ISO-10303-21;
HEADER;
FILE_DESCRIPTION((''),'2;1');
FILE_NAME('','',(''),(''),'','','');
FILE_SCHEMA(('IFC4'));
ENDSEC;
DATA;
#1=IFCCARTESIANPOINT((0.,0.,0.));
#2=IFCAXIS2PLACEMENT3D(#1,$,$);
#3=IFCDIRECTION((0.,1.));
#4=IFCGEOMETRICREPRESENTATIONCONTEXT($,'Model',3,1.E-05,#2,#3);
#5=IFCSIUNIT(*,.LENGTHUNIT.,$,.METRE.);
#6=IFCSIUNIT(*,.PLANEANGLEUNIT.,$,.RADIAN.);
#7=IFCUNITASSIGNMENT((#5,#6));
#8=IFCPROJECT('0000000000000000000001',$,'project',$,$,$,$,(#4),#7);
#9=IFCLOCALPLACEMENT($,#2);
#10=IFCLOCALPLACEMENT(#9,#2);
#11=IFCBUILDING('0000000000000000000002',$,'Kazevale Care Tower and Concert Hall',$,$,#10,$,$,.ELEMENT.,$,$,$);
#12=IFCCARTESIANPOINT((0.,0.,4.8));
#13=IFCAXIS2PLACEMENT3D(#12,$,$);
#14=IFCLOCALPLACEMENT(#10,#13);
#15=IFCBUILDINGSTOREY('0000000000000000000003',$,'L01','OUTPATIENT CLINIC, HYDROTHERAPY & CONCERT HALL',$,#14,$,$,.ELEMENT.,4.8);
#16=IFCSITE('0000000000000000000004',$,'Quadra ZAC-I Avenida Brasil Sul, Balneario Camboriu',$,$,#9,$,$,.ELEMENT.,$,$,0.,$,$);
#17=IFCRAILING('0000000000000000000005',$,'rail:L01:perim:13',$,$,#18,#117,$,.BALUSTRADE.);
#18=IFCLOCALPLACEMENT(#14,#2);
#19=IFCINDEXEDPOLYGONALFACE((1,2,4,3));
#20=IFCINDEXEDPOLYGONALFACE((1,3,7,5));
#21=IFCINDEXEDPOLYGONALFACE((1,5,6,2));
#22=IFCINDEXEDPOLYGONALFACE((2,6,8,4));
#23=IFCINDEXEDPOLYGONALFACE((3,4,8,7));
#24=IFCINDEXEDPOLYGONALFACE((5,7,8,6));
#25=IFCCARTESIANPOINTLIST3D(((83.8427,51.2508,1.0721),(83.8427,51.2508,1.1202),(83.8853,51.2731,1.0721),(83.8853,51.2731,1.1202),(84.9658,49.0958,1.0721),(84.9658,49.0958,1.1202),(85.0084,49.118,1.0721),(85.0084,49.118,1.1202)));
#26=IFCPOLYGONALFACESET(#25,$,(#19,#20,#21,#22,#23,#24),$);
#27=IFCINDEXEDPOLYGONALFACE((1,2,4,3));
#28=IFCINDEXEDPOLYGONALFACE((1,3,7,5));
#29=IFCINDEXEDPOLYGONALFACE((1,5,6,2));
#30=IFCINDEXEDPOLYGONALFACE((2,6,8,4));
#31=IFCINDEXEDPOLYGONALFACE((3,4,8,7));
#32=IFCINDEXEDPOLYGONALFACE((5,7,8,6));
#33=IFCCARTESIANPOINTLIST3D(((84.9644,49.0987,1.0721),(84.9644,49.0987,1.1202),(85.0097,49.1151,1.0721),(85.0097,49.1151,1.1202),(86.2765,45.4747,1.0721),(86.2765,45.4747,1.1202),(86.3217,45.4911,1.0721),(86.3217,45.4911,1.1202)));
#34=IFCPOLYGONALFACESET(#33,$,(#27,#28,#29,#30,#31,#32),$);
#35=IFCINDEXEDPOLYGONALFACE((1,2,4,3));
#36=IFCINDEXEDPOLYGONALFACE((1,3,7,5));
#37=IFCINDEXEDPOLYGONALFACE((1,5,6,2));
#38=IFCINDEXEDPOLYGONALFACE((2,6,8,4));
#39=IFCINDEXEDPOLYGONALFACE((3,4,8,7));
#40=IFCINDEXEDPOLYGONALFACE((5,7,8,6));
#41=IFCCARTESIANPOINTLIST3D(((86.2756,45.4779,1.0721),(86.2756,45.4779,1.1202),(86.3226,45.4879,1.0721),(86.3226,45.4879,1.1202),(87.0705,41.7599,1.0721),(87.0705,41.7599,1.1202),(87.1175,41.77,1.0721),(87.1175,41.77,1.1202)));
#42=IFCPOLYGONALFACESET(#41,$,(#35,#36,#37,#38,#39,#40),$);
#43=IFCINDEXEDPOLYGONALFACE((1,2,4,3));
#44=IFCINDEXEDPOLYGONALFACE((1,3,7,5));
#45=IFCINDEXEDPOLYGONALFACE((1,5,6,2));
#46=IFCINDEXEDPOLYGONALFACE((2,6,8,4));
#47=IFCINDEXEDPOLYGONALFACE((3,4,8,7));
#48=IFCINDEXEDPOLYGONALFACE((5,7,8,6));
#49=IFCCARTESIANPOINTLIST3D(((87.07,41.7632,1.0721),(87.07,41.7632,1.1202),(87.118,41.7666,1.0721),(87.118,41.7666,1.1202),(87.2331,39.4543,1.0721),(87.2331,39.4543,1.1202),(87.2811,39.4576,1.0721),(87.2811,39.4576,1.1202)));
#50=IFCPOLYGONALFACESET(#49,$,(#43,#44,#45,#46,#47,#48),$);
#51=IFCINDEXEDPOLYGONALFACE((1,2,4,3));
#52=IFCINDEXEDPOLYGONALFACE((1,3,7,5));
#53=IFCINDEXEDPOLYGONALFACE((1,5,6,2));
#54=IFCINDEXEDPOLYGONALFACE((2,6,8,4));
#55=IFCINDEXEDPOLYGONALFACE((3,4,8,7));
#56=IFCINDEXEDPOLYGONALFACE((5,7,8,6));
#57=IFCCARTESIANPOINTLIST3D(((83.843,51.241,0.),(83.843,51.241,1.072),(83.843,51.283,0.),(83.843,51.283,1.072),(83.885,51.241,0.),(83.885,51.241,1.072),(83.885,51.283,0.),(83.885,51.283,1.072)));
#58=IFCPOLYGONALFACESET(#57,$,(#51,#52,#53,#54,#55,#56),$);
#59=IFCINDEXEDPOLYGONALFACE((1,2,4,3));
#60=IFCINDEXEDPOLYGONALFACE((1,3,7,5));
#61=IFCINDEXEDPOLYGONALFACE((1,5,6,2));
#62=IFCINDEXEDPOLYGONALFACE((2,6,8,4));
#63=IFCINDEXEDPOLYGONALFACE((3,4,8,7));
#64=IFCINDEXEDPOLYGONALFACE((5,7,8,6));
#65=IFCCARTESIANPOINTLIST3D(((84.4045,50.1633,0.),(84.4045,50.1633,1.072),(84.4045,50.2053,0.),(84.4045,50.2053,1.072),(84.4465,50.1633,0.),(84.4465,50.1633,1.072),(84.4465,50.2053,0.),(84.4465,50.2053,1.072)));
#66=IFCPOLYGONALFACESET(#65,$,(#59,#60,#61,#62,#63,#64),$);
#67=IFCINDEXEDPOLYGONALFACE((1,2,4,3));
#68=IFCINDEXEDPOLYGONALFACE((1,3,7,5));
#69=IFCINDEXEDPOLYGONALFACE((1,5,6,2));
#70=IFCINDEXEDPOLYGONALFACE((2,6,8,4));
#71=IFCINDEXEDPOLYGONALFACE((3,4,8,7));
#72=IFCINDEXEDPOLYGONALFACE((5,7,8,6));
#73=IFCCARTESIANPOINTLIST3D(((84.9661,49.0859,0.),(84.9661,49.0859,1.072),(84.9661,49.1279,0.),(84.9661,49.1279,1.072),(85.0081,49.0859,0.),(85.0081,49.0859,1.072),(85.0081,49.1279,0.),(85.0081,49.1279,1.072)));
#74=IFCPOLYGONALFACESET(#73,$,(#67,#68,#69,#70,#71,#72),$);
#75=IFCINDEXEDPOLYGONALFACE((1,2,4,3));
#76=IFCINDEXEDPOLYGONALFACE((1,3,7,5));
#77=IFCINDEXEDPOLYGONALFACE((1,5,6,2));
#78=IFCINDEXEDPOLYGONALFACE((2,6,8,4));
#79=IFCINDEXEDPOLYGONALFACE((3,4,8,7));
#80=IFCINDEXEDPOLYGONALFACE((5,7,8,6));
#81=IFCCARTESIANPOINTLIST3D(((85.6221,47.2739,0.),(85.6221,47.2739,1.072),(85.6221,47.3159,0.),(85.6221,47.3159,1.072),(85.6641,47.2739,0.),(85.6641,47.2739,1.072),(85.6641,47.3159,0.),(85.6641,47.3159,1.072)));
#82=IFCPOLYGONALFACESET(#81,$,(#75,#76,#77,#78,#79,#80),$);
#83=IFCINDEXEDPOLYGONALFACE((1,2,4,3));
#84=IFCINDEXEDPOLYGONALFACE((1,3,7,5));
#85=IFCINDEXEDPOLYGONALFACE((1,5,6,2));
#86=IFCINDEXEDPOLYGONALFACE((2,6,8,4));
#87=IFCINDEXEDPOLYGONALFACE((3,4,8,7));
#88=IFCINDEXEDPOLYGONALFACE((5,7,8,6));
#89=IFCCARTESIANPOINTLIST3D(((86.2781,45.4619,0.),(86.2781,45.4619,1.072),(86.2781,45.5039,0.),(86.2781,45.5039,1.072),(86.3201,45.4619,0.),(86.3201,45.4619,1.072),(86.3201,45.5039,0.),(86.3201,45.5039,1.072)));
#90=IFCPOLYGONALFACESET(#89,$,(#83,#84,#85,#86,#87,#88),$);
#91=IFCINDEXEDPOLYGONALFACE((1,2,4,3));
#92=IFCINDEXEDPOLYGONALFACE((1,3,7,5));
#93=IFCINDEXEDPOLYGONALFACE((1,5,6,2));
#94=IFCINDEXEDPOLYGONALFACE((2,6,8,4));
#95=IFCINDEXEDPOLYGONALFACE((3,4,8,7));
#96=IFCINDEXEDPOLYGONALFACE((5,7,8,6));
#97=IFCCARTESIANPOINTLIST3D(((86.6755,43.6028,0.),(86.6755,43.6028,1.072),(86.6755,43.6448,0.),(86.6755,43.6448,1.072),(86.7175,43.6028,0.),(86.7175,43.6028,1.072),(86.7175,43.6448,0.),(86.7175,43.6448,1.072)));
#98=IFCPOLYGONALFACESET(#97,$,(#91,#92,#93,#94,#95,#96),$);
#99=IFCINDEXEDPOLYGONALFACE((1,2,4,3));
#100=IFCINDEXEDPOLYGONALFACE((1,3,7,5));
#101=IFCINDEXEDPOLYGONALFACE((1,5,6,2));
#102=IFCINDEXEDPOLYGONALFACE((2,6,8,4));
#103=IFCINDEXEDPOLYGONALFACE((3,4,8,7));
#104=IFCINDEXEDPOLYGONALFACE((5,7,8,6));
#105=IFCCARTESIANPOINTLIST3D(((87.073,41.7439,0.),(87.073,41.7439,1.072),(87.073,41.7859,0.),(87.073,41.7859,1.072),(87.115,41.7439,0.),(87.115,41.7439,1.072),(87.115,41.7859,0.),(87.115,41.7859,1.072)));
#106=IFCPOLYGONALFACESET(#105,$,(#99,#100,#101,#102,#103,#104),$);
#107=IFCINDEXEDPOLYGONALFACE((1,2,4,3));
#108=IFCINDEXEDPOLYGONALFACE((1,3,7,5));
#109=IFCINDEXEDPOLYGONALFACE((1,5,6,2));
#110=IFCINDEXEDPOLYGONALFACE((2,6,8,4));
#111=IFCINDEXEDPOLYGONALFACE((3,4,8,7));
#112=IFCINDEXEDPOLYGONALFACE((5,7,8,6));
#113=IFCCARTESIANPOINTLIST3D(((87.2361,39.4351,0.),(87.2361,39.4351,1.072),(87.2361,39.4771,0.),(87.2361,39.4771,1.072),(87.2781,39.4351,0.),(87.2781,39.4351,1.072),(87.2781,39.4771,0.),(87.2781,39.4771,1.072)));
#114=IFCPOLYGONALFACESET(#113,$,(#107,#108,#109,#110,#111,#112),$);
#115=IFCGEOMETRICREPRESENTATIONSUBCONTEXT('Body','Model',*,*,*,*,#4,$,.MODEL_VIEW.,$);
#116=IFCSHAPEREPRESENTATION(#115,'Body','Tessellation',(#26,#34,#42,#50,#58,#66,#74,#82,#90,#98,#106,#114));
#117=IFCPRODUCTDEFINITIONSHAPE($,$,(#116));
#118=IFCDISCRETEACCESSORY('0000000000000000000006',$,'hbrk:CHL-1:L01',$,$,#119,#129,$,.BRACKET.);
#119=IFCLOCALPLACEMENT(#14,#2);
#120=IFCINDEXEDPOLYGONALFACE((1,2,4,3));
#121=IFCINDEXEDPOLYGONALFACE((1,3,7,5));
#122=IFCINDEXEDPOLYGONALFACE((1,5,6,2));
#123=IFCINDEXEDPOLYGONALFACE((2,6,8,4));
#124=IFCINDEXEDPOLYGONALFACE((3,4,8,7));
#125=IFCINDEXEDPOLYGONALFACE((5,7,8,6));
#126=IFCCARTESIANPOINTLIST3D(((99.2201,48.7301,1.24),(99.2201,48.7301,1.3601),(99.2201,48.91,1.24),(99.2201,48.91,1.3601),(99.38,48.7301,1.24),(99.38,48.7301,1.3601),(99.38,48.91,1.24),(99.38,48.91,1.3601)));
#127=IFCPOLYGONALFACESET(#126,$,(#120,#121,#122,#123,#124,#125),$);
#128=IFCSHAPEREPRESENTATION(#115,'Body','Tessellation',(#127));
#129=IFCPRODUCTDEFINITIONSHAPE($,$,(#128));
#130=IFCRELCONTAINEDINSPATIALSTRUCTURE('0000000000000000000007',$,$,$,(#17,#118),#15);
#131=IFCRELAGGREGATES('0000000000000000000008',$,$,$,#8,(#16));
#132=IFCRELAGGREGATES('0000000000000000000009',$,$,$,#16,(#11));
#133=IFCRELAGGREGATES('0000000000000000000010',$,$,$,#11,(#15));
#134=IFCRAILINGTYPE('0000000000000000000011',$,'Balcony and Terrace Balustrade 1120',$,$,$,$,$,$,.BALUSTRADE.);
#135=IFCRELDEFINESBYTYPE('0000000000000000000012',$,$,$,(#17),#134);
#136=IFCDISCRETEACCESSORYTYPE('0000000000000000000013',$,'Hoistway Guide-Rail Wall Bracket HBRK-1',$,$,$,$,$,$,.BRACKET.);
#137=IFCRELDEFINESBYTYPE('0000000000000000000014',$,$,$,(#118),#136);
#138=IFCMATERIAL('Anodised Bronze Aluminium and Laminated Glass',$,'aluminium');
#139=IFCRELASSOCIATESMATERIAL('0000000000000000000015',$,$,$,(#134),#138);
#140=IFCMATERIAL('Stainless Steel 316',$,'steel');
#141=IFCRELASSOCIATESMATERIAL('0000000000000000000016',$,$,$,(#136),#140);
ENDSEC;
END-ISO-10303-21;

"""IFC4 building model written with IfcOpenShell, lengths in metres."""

from ifc_helpers import new_model, si_unit, direction, frame, origin, origin_2d, place, context, subcontext, project, spatial, rectangle, extrude, material, type_object, element, save


model = new_model("IFC4")

# Units and contexts
model_context = context("Model", 3, precision=1e-05, world=origin(), true_north=direction((0.0, 1.0)))
body_context = subcontext(model_context, "Body", "Model", "MODEL_VIEW")
ifc_project = project(units=[si_unit("LENGTHUNIT", "METRE"), si_unit("PLANEANGLEUNIT", "RADIAN")], contexts=[model_context])

# Site, building, storey
site_placement = place(None, origin())
site = spatial("IfcSite", under=ifc_project, at=site_placement, Name="Quadra ZAC-I Avenida Brasil Sul, Balneario Camboriu", CompositionType="ELEMENT", RefElevation=0.0)
building_placement = place(site_placement, origin())
building = spatial("IfcBuilding", under=site, at=building_placement, Name="Kazevale Care Tower and Concert Hall", CompositionType="ELEMENT")
storey_placement = place(building_placement, frame((0.0, 0.0, 4.8)))
storey = spatial("IfcBuildingStorey", under=building, at=storey_placement, Name="L01", Description="OUTPATIENT CLINIC, HYDROTHERAPY & CONCERT HALL", CompositionType="ELEMENT", Elevation=4.8)

# Shared definitions
ifc_material_1 = material(Name="Stainless Steel 316", Category="steel")

# Railing
ifc_material_2 = material(Name="Anodised Bronze Aluminium and Laminated Glass", Category="aluminium")
railing_type = type_object("IfcRailingType", Name="Balcony and Terrace Balustrade 1120", PredefinedType="BALUSTRADE", material=ifc_material_2)
railing_placement = place(storey_placement, frame((83.864, 51.262, 0.0)))
element("IfcRailing", 1, at=railing_placement, inside=storey, type_object=railing_type, Name="rail:L01:perim:13", PredefinedType="BALUSTRADE", context=body_context, shape_type="SweptSolid", body=[
    extrude(rectangle(XDim=0.0481, YDim=0.0481, at=origin_2d()), frame((0.0, 0.0, 1.0962), z_axis=(0.46214, -0.886807, 0.0), x_axis=(0.886807, 0.46214, 0.0)), (0.0, 0.0, 1.0), 2.4302),
    extrude(rectangle(XDim=0.0481, YDim=0.0481, at=origin_2d()), frame((1.123, -2.155, 1.0962), z_axis=(0.34041, -0.940277, 0.0), x_axis=(0.940277, 0.34041, 0.0)), (0.0, 0.0, 1.0), 3.8542),
    extrude(rectangle(XDim=0.0481, YDim=0.0481, at=origin_2d()), frame((2.4351, -5.7791, 1.0962), z_axis=(0.209077, -0.977899, 0.0), x_axis=(0.977899, 0.209077, 0.0)), (0.0, 0.0, 1.0), 3.802),
    extrude(rectangle(XDim=0.0481, YDim=0.0481, at=origin_2d()), frame((3.23, -9.4971, 1.0962), z_axis=(0.07046, -0.997515, 0.0), x_axis=(0.997515, 0.07046, 0.0)), (0.0, 0.0, 1.0), 2.3147),
    extrude(rectangle(XDim=0.042, YDim=0.042, at=origin_2d()), origin(), (0.0, 0.0, 1.0), 1.072),
    extrude(rectangle(XDim=0.042, YDim=0.042, at=origin_2d()), frame((0.5615, -1.0776, 0.0)), (0.0, 0.0, 1.0), 1.072),
    extrude(rectangle(XDim=0.042, YDim=0.042, at=origin_2d()), frame((1.123, -2.155, 0.0)), (0.0, 0.0, 1.0), 1.072),
    extrude(rectangle(XDim=0.042, YDim=0.042, at=origin_2d()), frame((1.7791, -3.967, 0.0)), (0.0, 0.0, 1.0), 1.072),
    extrude(rectangle(XDim=0.042, YDim=0.042, at=origin_2d()), frame((2.4351, -5.7791, 0.0)), (0.0, 0.0, 1.0), 1.072),
    extrude(rectangle(XDim=0.042, YDim=0.042, at=origin_2d()), frame((2.8325, -7.6382, 0.0)), (0.0, 0.0, 1.0), 1.072),
    extrude(rectangle(XDim=0.042, YDim=0.042, at=origin_2d()), frame((3.23, -9.4971, 0.0)), (0.0, 0.0, 1.0), 1.072),
    extrude(rectangle(XDim=0.042, YDim=0.042, at=origin_2d()), frame((3.3931, -11.8059, 0.0)), (0.0, 0.0, 1.0), 1.072),
])

# Discrete accessory
discrete_accessory_type = type_object("IfcDiscreteAccessoryType", Name="Hoistway Guide-Rail Wall Bracket HBRK-1", PredefinedType="BRACKET", material=ifc_material_1)
discrete_accessory_placement = place(storey_placement, frame((99.3, 48.8201, 1.24), z_axis=(0.0, 0.0, 1.0), x_axis=(1.0, 0.0, 0.0)))
element("IfcDiscreteAccessory", 2, at=discrete_accessory_placement, inside=storey, type_object=discrete_accessory_type, Name="hbrk:CHL-1:L01", PredefinedType="BRACKET", context=body_context, shape_type="SweptSolid", body=[
    extrude(rectangle(XDim=0.1599, YDim=0.1799, at=origin_2d()), origin(), (0.0, 0.0, 1.0), 0.1201),
])

save(model, "model.ifc")
